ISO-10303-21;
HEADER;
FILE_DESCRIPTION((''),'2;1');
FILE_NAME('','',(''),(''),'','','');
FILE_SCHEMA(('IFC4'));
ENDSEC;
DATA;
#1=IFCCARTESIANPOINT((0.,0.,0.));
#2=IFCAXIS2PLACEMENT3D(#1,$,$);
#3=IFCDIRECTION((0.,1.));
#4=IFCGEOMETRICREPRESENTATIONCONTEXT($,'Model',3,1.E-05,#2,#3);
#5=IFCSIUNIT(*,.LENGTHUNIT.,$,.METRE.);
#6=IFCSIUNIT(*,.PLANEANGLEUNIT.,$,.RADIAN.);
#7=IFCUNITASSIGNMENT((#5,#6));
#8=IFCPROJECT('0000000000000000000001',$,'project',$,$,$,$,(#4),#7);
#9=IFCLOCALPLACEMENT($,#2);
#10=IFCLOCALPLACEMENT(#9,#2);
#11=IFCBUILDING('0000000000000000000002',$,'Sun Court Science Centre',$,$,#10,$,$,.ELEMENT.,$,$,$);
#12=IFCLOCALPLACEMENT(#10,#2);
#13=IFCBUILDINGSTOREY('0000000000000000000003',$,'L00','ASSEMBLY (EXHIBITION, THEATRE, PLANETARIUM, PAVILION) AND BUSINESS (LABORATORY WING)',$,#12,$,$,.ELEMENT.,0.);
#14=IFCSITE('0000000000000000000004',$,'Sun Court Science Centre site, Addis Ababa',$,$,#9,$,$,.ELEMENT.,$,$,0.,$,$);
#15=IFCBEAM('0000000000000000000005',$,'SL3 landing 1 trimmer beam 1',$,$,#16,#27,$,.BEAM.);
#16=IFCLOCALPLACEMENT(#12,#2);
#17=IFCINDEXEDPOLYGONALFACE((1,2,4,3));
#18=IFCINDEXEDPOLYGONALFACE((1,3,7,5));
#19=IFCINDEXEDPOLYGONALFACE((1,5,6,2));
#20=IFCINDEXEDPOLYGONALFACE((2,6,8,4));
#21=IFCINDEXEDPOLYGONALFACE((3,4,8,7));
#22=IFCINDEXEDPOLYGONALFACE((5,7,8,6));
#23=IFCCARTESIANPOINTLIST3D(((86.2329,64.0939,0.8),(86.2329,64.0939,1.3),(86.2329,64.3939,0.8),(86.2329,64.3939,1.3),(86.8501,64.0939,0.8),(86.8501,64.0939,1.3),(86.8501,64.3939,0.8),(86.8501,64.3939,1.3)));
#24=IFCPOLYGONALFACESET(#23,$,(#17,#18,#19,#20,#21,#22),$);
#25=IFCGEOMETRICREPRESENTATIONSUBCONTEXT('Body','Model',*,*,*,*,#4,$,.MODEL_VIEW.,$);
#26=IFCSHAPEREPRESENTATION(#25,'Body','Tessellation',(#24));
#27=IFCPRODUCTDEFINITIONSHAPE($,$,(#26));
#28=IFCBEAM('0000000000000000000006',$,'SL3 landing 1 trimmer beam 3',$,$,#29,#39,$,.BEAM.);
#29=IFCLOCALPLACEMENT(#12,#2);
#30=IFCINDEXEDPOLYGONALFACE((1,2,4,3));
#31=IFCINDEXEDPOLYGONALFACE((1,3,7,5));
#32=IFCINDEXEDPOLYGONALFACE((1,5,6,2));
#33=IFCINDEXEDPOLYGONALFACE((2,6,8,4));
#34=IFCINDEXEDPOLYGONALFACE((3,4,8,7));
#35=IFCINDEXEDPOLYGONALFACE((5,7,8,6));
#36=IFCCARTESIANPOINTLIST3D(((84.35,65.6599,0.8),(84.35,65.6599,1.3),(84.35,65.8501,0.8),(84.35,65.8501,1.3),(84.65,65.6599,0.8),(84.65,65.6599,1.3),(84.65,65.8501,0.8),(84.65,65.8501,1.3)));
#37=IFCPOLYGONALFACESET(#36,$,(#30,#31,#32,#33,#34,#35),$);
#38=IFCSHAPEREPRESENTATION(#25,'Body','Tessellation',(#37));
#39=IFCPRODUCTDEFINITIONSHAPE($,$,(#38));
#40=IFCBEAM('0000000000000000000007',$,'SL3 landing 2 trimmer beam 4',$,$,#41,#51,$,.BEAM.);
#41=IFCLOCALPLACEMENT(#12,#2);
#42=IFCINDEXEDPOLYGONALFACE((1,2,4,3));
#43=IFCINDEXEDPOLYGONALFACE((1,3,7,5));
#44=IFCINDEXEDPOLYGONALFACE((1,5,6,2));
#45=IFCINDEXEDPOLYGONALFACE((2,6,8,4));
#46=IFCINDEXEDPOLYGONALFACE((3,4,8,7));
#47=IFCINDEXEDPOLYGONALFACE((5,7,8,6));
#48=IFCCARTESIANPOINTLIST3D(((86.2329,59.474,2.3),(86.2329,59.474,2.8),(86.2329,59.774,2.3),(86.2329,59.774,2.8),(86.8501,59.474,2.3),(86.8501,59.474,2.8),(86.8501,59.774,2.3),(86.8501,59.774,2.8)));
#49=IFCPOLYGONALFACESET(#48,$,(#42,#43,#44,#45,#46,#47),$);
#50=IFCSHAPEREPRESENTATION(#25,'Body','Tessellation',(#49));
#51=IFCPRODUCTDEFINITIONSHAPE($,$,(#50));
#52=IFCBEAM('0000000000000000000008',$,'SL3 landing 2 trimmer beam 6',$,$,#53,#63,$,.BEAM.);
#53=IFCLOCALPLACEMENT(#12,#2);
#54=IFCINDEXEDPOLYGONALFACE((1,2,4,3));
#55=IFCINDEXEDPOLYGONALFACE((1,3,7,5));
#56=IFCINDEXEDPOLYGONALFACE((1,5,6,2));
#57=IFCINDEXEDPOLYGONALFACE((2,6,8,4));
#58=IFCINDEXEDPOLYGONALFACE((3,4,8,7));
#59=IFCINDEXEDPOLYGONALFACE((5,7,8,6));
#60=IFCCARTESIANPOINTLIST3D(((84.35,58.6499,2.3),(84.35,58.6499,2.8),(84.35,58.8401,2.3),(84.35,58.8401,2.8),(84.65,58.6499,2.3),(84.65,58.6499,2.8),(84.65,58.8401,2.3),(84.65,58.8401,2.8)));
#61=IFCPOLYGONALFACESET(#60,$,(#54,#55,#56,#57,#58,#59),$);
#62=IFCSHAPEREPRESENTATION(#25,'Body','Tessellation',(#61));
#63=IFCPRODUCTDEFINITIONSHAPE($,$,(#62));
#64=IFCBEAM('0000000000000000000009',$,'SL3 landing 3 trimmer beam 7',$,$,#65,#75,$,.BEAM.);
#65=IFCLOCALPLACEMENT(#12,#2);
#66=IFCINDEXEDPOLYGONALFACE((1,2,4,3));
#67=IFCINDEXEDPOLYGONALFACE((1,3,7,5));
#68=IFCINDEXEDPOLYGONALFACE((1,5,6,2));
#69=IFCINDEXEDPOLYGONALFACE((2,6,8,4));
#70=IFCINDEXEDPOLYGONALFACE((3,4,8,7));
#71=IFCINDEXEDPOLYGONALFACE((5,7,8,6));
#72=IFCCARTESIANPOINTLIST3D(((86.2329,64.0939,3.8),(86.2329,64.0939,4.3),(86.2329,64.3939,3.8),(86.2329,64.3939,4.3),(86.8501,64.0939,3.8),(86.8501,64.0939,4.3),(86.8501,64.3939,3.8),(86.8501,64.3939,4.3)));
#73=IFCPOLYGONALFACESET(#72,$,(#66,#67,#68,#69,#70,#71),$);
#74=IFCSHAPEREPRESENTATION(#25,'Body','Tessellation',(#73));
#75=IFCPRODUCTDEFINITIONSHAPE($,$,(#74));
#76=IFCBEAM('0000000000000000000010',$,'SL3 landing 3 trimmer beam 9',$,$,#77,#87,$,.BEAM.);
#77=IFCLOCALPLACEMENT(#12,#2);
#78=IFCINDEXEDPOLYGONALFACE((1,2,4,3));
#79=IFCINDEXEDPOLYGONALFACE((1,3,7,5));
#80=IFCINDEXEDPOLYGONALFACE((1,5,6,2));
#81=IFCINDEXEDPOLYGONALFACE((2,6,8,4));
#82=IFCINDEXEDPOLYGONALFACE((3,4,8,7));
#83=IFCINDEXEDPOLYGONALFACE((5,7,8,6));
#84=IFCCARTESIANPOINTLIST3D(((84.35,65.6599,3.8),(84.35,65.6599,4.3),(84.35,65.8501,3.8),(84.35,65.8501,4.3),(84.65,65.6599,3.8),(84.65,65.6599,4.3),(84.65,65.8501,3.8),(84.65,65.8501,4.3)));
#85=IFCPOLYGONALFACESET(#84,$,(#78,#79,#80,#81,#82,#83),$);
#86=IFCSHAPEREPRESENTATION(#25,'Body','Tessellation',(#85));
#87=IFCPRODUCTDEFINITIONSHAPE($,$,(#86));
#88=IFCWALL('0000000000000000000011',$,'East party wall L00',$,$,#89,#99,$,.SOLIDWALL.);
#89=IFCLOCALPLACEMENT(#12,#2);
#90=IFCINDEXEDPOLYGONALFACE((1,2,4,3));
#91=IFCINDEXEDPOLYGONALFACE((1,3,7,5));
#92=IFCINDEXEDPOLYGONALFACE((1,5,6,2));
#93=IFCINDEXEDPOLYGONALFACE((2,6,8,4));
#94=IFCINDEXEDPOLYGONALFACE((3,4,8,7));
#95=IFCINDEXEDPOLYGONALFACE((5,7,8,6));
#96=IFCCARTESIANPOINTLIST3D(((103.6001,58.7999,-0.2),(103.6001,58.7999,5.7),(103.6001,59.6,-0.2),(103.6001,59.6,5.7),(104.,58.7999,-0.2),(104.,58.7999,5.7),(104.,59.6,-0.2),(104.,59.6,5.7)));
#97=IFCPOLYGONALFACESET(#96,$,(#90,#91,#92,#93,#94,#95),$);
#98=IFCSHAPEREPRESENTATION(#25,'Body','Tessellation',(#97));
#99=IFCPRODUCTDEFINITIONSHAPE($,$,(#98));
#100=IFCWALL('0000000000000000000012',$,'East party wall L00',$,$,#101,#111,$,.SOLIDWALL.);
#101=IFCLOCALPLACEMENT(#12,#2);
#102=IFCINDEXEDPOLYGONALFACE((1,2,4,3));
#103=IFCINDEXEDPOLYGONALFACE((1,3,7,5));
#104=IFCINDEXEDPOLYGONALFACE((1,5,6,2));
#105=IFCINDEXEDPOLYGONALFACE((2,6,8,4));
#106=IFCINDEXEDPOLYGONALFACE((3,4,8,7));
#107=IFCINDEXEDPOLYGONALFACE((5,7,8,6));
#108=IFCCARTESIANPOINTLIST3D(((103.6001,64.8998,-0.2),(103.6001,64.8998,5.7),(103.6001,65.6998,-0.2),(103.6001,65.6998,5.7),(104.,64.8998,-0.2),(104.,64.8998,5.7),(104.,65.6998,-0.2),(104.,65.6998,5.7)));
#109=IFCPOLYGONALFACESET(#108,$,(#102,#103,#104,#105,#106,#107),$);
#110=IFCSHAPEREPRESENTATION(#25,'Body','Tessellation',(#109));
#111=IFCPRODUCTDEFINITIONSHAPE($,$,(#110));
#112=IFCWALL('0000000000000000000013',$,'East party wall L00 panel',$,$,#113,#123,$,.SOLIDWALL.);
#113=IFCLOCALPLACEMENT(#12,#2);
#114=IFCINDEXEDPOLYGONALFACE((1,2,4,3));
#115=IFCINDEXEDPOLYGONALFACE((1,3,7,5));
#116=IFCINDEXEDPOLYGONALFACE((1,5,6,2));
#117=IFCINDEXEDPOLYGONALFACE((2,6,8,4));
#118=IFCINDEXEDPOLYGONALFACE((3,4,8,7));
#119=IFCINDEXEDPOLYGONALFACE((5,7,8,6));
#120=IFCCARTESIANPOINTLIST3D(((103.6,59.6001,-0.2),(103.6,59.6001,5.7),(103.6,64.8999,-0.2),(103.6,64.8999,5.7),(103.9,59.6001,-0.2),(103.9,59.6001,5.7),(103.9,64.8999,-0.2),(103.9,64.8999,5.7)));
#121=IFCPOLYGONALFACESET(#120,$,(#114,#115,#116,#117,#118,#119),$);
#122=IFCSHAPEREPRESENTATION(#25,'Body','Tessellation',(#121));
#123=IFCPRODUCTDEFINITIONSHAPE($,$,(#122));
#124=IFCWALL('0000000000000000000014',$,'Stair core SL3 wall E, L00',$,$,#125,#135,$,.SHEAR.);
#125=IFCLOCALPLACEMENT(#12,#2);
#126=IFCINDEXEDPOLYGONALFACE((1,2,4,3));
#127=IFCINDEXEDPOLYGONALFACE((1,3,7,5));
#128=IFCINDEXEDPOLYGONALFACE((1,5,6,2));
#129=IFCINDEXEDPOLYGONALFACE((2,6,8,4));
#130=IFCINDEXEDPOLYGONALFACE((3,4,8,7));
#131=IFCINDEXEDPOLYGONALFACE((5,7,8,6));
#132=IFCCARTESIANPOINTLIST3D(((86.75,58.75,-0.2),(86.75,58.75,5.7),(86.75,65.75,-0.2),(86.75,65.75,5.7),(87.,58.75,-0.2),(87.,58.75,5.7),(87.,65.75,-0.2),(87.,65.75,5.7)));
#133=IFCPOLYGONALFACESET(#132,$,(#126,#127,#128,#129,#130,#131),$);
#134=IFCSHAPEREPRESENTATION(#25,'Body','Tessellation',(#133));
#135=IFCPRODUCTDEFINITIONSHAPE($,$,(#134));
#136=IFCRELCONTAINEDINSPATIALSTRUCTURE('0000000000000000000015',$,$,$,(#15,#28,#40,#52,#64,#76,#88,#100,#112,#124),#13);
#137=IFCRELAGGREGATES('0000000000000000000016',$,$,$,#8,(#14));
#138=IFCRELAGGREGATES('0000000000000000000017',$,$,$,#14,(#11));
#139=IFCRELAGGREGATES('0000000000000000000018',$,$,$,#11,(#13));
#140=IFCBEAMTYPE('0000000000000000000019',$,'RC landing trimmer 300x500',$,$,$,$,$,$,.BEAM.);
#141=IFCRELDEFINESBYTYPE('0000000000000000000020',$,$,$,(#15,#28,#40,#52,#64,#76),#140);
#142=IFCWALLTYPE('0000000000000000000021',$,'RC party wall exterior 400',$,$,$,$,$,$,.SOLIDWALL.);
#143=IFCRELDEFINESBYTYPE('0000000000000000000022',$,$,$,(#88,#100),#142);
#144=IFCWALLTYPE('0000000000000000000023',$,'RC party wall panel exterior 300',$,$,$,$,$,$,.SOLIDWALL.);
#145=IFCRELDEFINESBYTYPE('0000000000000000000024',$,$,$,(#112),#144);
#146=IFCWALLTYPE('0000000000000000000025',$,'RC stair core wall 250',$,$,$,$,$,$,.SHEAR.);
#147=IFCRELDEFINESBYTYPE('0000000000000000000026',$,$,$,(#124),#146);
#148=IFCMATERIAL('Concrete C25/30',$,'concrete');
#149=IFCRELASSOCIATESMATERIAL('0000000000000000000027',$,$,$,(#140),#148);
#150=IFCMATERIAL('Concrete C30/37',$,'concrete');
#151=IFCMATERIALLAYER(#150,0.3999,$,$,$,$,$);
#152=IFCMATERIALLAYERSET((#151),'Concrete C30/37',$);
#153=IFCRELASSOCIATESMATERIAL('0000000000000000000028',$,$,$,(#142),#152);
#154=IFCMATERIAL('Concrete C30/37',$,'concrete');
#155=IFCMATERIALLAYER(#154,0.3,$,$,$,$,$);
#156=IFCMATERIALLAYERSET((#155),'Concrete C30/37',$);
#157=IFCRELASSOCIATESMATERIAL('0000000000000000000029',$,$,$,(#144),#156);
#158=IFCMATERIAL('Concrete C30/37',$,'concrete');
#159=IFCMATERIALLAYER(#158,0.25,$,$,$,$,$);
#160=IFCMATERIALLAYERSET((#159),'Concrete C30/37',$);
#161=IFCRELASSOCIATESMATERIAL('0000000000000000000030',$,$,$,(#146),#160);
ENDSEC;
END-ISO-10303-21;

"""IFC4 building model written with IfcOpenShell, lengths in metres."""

from ifc_helpers import new_model, si_unit, direction, frame, frame_2d, origin, origin_2d, place, context, subcontext, project, spatial, rectangle, extrude, material, layer, layer_set, material_profile, profile_set, type_object, element, save


model = new_model("IFC4")

# Units and contexts
model_context = context("Model", 3, precision=1e-05, world=origin(), true_north=direction((0.0, 1.0)))
body_context = subcontext(model_context, "Body", "Model", "MODEL_VIEW")
ifc_project = project(units=[si_unit("LENGTHUNIT", "METRE"), si_unit("PLANEANGLEUNIT", "RADIAN")], contexts=[model_context])

# Site, building, storey
site_placement = place(None, origin())
site = spatial("IfcSite", under=ifc_project, at=site_placement, Name="Sun Court Science Centre site, Addis Ababa", CompositionType="ELEMENT", RefElevation=0.0)
building_placement = place(site_placement, origin())
building = spatial("IfcBuilding", under=site, at=building_placement, Name="Sun Court Science Centre", CompositionType="ELEMENT")
storey_placement = place(building_placement, origin())
storey = spatial("IfcBuildingStorey", under=building, at=storey_placement, Name="L00", Description="ASSEMBLY (EXHIBITION, THEATRE, PLANETARIUM, PAVILION) AND BUSINESS (LABORATORY WING)", CompositionType="ELEMENT", Elevation=0.0)

# Beams
ifc_material_1 = material(Name="Concrete C25/30", Category="concrete")
ifc_material_profile_1 = material_profile(ifc_material_1, rectangle(XDim=0.3, YDim=0.5, at=origin_2d()), Name="RC 300x500")
ifc_profile_set_1 = profile_set([ifc_material_profile_1], Name="Concrete C25/30")
beam_type = type_object("IfcBeamType", Name="RC landing trimmer 300x500", PredefinedType="BEAM", material=ifc_profile_set_1)
beam_1_placement = place(storey_placement, frame((86.8501, 64.2439, 1.05), z_axis=(-1.0, 0.0, 0.0), x_axis=(0.0, -1.0, 0.0)))
element("IfcBeam", 1, at=beam_1_placement, inside=storey, type_object=beam_type, Name="SL3 landing 1 trimmer beam 1", PredefinedType="BEAM", context=body_context, shape_type="SweptSolid", body=[
    extrude(rectangle(XDim=0.3, YDim=0.5, at=origin_2d()), origin(), (0.0, 0.0, 1.0), 0.6172),
])
beam_2_placement = place(storey_placement, frame((84.5, 65.8501, 1.05), z_axis=(0.0, -1.0, 0.0), x_axis=(1.0, 0.0, 0.0)))
element("IfcBeam", 2, at=beam_2_placement, inside=storey, type_object=beam_type, Name="SL3 landing 1 trimmer beam 3", PredefinedType="BEAM", context=body_context, shape_type="SweptSolid", body=[
    extrude(rectangle(XDim=0.3, YDim=0.5, at=origin_2d()), origin(), (0.0, 0.0, 1.0), 0.1902),
])
beam_3_placement = place(storey_placement, frame((86.8501, 59.624, 2.55), z_axis=(-1.0, 0.0, 0.0), x_axis=(0.0, -1.0, 0.0)))
element("IfcBeam", 3, at=beam_3_placement, inside=storey, type_object=beam_type, Name="SL3 landing 2 trimmer beam 4", PredefinedType="BEAM", context=body_context, shape_type="SweptSolid", body=[
    extrude(rectangle(XDim=0.3, YDim=0.5, at=origin_2d()), origin(), (0.0, 0.0, 1.0), 0.6172),
])
beam_4_placement = place(storey_placement, frame((84.5, 58.6499, 2.55), z_axis=(0.0, 1.0, 0.0), x_axis=(-1.0, 0.0, 0.0)))
element("IfcBeam", 4, at=beam_4_placement, inside=storey, type_object=beam_type, Name="SL3 landing 2 trimmer beam 6", PredefinedType="BEAM", context=body_context, shape_type="SweptSolid", body=[
    extrude(rectangle(XDim=0.3, YDim=0.5, at=origin_2d()), origin(), (0.0, 0.0, 1.0), 0.1902),
])
beam_5_placement = place(storey_placement, frame((86.8501, 64.2439, 4.05), z_axis=(-1.0, 0.0, 0.0), x_axis=(0.0, -1.0, 0.0)))
element("IfcBeam", 5, at=beam_5_placement, inside=storey, type_object=beam_type, Name="SL3 landing 3 trimmer beam 7", PredefinedType="BEAM", context=body_context, shape_type="SweptSolid", body=[
    extrude(rectangle(XDim=0.3, YDim=0.5, at=origin_2d()), origin(), (0.0, 0.0, 1.0), 0.6172),
])
beam_6_placement = place(storey_placement, frame((84.5, 65.8501, 4.05), z_axis=(0.0, -1.0, 0.0), x_axis=(1.0, 0.0, 0.0)))
element("IfcBeam", 6, at=beam_6_placement, inside=storey, type_object=beam_type, Name="SL3 landing 3 trimmer beam 9", PredefinedType="BEAM", context=body_context, shape_type="SweptSolid", body=[
    extrude(rectangle(XDim=0.3, YDim=0.5, at=origin_2d()), origin(), (0.0, 0.0, 1.0), 0.1902),
])

# Walls
ifc_material_2 = material(Name="Concrete C30/37", Category="concrete")
ifc_layer_1 = layer(ifc_material_2, 0.3999)
ifc_layer_set_1 = layer_set([ifc_layer_1], Name="Concrete C30/37")
wall_type_1 = type_object("IfcWallType", Name="RC party wall exterior 400", PredefinedType="SOLIDWALL", material=ifc_layer_set_1)
for number, where, z_axis, x_axis, name in (
    (7, (103.8, 58.8, -0.2), (0.0, 0.0, 1.0), (0.0, 1.0, 0.0), "East party wall L00"),
    (8, (103.8, 64.8999, -0.2), (0.0, 0.0, 1.0), (0.0, 1.0, 0.0), "East party wall L00"),
):
    element("IfcWall", number, at=place(storey_placement, frame(where, z_axis=z_axis, x_axis=x_axis)), inside=storey, type_object=wall_type_1, Name=name, PredefinedType="SOLIDWALL", context=body_context, shape_type="SweptSolid", body=[
        extrude(rectangle(XDim=0.8, YDim=0.3999, at=frame_2d((0.3999, 0.0))), origin(), (0.0, 0.0, 1.0), 5.8999),
    ])
ifc_material_3 = material(Name="Concrete C30/37", Category="concrete")
ifc_layer_2 = layer(ifc_material_3, 0.3)
ifc_layer_set_2 = layer_set([ifc_layer_2], Name="Concrete C30/37")
wall_type_2 = type_object("IfcWallType", Name="RC party wall panel exterior 300", PredefinedType="SOLIDWALL", material=ifc_layer_set_2)
wall_1_placement = place(storey_placement, frame((103.75, 59.6001, -0.2), z_axis=(0.0, 0.0, 1.0), x_axis=(0.0, 1.0, 0.0)))
element("IfcWall", 9, at=wall_1_placement, inside=storey, type_object=wall_type_2, Name="East party wall L00 panel", PredefinedType="SOLIDWALL", context=body_context, shape_type="SweptSolid", body=[
    extrude(rectangle(XDim=5.2998, YDim=0.3, at=frame_2d((2.6499, 0.0))), origin(), (0.0, 0.0, 1.0), 5.8999),
])
ifc_material_4 = material(Name="Concrete C30/37", Category="concrete")
ifc_layer_3 = layer(ifc_material_4, 0.25)
ifc_layer_set_3 = layer_set([ifc_layer_3], Name="Concrete C30/37")
wall_type_3 = type_object("IfcWallType", Name="RC stair core wall 250", PredefinedType="SHEAR", material=ifc_layer_set_3)
wall_2_placement = place(storey_placement, frame((86.875, 58.75, -0.2), z_axis=(0.0, 0.0, 1.0), x_axis=(0.0, 1.0, 0.0)))
element("IfcWall", 10, at=wall_2_placement, inside=storey, type_object=wall_type_3, Name="Stair core SL3 wall E, L00", PredefinedType="SHEAR", context=body_context, shape_type="SweptSolid", body=[
    extrude(rectangle(XDim=7.0, YDim=0.25, at=frame_2d((3.5, 0.0))), origin(), (0.0, 0.0, 1.0), 5.8999),
])

save(model, "model.ifc")
